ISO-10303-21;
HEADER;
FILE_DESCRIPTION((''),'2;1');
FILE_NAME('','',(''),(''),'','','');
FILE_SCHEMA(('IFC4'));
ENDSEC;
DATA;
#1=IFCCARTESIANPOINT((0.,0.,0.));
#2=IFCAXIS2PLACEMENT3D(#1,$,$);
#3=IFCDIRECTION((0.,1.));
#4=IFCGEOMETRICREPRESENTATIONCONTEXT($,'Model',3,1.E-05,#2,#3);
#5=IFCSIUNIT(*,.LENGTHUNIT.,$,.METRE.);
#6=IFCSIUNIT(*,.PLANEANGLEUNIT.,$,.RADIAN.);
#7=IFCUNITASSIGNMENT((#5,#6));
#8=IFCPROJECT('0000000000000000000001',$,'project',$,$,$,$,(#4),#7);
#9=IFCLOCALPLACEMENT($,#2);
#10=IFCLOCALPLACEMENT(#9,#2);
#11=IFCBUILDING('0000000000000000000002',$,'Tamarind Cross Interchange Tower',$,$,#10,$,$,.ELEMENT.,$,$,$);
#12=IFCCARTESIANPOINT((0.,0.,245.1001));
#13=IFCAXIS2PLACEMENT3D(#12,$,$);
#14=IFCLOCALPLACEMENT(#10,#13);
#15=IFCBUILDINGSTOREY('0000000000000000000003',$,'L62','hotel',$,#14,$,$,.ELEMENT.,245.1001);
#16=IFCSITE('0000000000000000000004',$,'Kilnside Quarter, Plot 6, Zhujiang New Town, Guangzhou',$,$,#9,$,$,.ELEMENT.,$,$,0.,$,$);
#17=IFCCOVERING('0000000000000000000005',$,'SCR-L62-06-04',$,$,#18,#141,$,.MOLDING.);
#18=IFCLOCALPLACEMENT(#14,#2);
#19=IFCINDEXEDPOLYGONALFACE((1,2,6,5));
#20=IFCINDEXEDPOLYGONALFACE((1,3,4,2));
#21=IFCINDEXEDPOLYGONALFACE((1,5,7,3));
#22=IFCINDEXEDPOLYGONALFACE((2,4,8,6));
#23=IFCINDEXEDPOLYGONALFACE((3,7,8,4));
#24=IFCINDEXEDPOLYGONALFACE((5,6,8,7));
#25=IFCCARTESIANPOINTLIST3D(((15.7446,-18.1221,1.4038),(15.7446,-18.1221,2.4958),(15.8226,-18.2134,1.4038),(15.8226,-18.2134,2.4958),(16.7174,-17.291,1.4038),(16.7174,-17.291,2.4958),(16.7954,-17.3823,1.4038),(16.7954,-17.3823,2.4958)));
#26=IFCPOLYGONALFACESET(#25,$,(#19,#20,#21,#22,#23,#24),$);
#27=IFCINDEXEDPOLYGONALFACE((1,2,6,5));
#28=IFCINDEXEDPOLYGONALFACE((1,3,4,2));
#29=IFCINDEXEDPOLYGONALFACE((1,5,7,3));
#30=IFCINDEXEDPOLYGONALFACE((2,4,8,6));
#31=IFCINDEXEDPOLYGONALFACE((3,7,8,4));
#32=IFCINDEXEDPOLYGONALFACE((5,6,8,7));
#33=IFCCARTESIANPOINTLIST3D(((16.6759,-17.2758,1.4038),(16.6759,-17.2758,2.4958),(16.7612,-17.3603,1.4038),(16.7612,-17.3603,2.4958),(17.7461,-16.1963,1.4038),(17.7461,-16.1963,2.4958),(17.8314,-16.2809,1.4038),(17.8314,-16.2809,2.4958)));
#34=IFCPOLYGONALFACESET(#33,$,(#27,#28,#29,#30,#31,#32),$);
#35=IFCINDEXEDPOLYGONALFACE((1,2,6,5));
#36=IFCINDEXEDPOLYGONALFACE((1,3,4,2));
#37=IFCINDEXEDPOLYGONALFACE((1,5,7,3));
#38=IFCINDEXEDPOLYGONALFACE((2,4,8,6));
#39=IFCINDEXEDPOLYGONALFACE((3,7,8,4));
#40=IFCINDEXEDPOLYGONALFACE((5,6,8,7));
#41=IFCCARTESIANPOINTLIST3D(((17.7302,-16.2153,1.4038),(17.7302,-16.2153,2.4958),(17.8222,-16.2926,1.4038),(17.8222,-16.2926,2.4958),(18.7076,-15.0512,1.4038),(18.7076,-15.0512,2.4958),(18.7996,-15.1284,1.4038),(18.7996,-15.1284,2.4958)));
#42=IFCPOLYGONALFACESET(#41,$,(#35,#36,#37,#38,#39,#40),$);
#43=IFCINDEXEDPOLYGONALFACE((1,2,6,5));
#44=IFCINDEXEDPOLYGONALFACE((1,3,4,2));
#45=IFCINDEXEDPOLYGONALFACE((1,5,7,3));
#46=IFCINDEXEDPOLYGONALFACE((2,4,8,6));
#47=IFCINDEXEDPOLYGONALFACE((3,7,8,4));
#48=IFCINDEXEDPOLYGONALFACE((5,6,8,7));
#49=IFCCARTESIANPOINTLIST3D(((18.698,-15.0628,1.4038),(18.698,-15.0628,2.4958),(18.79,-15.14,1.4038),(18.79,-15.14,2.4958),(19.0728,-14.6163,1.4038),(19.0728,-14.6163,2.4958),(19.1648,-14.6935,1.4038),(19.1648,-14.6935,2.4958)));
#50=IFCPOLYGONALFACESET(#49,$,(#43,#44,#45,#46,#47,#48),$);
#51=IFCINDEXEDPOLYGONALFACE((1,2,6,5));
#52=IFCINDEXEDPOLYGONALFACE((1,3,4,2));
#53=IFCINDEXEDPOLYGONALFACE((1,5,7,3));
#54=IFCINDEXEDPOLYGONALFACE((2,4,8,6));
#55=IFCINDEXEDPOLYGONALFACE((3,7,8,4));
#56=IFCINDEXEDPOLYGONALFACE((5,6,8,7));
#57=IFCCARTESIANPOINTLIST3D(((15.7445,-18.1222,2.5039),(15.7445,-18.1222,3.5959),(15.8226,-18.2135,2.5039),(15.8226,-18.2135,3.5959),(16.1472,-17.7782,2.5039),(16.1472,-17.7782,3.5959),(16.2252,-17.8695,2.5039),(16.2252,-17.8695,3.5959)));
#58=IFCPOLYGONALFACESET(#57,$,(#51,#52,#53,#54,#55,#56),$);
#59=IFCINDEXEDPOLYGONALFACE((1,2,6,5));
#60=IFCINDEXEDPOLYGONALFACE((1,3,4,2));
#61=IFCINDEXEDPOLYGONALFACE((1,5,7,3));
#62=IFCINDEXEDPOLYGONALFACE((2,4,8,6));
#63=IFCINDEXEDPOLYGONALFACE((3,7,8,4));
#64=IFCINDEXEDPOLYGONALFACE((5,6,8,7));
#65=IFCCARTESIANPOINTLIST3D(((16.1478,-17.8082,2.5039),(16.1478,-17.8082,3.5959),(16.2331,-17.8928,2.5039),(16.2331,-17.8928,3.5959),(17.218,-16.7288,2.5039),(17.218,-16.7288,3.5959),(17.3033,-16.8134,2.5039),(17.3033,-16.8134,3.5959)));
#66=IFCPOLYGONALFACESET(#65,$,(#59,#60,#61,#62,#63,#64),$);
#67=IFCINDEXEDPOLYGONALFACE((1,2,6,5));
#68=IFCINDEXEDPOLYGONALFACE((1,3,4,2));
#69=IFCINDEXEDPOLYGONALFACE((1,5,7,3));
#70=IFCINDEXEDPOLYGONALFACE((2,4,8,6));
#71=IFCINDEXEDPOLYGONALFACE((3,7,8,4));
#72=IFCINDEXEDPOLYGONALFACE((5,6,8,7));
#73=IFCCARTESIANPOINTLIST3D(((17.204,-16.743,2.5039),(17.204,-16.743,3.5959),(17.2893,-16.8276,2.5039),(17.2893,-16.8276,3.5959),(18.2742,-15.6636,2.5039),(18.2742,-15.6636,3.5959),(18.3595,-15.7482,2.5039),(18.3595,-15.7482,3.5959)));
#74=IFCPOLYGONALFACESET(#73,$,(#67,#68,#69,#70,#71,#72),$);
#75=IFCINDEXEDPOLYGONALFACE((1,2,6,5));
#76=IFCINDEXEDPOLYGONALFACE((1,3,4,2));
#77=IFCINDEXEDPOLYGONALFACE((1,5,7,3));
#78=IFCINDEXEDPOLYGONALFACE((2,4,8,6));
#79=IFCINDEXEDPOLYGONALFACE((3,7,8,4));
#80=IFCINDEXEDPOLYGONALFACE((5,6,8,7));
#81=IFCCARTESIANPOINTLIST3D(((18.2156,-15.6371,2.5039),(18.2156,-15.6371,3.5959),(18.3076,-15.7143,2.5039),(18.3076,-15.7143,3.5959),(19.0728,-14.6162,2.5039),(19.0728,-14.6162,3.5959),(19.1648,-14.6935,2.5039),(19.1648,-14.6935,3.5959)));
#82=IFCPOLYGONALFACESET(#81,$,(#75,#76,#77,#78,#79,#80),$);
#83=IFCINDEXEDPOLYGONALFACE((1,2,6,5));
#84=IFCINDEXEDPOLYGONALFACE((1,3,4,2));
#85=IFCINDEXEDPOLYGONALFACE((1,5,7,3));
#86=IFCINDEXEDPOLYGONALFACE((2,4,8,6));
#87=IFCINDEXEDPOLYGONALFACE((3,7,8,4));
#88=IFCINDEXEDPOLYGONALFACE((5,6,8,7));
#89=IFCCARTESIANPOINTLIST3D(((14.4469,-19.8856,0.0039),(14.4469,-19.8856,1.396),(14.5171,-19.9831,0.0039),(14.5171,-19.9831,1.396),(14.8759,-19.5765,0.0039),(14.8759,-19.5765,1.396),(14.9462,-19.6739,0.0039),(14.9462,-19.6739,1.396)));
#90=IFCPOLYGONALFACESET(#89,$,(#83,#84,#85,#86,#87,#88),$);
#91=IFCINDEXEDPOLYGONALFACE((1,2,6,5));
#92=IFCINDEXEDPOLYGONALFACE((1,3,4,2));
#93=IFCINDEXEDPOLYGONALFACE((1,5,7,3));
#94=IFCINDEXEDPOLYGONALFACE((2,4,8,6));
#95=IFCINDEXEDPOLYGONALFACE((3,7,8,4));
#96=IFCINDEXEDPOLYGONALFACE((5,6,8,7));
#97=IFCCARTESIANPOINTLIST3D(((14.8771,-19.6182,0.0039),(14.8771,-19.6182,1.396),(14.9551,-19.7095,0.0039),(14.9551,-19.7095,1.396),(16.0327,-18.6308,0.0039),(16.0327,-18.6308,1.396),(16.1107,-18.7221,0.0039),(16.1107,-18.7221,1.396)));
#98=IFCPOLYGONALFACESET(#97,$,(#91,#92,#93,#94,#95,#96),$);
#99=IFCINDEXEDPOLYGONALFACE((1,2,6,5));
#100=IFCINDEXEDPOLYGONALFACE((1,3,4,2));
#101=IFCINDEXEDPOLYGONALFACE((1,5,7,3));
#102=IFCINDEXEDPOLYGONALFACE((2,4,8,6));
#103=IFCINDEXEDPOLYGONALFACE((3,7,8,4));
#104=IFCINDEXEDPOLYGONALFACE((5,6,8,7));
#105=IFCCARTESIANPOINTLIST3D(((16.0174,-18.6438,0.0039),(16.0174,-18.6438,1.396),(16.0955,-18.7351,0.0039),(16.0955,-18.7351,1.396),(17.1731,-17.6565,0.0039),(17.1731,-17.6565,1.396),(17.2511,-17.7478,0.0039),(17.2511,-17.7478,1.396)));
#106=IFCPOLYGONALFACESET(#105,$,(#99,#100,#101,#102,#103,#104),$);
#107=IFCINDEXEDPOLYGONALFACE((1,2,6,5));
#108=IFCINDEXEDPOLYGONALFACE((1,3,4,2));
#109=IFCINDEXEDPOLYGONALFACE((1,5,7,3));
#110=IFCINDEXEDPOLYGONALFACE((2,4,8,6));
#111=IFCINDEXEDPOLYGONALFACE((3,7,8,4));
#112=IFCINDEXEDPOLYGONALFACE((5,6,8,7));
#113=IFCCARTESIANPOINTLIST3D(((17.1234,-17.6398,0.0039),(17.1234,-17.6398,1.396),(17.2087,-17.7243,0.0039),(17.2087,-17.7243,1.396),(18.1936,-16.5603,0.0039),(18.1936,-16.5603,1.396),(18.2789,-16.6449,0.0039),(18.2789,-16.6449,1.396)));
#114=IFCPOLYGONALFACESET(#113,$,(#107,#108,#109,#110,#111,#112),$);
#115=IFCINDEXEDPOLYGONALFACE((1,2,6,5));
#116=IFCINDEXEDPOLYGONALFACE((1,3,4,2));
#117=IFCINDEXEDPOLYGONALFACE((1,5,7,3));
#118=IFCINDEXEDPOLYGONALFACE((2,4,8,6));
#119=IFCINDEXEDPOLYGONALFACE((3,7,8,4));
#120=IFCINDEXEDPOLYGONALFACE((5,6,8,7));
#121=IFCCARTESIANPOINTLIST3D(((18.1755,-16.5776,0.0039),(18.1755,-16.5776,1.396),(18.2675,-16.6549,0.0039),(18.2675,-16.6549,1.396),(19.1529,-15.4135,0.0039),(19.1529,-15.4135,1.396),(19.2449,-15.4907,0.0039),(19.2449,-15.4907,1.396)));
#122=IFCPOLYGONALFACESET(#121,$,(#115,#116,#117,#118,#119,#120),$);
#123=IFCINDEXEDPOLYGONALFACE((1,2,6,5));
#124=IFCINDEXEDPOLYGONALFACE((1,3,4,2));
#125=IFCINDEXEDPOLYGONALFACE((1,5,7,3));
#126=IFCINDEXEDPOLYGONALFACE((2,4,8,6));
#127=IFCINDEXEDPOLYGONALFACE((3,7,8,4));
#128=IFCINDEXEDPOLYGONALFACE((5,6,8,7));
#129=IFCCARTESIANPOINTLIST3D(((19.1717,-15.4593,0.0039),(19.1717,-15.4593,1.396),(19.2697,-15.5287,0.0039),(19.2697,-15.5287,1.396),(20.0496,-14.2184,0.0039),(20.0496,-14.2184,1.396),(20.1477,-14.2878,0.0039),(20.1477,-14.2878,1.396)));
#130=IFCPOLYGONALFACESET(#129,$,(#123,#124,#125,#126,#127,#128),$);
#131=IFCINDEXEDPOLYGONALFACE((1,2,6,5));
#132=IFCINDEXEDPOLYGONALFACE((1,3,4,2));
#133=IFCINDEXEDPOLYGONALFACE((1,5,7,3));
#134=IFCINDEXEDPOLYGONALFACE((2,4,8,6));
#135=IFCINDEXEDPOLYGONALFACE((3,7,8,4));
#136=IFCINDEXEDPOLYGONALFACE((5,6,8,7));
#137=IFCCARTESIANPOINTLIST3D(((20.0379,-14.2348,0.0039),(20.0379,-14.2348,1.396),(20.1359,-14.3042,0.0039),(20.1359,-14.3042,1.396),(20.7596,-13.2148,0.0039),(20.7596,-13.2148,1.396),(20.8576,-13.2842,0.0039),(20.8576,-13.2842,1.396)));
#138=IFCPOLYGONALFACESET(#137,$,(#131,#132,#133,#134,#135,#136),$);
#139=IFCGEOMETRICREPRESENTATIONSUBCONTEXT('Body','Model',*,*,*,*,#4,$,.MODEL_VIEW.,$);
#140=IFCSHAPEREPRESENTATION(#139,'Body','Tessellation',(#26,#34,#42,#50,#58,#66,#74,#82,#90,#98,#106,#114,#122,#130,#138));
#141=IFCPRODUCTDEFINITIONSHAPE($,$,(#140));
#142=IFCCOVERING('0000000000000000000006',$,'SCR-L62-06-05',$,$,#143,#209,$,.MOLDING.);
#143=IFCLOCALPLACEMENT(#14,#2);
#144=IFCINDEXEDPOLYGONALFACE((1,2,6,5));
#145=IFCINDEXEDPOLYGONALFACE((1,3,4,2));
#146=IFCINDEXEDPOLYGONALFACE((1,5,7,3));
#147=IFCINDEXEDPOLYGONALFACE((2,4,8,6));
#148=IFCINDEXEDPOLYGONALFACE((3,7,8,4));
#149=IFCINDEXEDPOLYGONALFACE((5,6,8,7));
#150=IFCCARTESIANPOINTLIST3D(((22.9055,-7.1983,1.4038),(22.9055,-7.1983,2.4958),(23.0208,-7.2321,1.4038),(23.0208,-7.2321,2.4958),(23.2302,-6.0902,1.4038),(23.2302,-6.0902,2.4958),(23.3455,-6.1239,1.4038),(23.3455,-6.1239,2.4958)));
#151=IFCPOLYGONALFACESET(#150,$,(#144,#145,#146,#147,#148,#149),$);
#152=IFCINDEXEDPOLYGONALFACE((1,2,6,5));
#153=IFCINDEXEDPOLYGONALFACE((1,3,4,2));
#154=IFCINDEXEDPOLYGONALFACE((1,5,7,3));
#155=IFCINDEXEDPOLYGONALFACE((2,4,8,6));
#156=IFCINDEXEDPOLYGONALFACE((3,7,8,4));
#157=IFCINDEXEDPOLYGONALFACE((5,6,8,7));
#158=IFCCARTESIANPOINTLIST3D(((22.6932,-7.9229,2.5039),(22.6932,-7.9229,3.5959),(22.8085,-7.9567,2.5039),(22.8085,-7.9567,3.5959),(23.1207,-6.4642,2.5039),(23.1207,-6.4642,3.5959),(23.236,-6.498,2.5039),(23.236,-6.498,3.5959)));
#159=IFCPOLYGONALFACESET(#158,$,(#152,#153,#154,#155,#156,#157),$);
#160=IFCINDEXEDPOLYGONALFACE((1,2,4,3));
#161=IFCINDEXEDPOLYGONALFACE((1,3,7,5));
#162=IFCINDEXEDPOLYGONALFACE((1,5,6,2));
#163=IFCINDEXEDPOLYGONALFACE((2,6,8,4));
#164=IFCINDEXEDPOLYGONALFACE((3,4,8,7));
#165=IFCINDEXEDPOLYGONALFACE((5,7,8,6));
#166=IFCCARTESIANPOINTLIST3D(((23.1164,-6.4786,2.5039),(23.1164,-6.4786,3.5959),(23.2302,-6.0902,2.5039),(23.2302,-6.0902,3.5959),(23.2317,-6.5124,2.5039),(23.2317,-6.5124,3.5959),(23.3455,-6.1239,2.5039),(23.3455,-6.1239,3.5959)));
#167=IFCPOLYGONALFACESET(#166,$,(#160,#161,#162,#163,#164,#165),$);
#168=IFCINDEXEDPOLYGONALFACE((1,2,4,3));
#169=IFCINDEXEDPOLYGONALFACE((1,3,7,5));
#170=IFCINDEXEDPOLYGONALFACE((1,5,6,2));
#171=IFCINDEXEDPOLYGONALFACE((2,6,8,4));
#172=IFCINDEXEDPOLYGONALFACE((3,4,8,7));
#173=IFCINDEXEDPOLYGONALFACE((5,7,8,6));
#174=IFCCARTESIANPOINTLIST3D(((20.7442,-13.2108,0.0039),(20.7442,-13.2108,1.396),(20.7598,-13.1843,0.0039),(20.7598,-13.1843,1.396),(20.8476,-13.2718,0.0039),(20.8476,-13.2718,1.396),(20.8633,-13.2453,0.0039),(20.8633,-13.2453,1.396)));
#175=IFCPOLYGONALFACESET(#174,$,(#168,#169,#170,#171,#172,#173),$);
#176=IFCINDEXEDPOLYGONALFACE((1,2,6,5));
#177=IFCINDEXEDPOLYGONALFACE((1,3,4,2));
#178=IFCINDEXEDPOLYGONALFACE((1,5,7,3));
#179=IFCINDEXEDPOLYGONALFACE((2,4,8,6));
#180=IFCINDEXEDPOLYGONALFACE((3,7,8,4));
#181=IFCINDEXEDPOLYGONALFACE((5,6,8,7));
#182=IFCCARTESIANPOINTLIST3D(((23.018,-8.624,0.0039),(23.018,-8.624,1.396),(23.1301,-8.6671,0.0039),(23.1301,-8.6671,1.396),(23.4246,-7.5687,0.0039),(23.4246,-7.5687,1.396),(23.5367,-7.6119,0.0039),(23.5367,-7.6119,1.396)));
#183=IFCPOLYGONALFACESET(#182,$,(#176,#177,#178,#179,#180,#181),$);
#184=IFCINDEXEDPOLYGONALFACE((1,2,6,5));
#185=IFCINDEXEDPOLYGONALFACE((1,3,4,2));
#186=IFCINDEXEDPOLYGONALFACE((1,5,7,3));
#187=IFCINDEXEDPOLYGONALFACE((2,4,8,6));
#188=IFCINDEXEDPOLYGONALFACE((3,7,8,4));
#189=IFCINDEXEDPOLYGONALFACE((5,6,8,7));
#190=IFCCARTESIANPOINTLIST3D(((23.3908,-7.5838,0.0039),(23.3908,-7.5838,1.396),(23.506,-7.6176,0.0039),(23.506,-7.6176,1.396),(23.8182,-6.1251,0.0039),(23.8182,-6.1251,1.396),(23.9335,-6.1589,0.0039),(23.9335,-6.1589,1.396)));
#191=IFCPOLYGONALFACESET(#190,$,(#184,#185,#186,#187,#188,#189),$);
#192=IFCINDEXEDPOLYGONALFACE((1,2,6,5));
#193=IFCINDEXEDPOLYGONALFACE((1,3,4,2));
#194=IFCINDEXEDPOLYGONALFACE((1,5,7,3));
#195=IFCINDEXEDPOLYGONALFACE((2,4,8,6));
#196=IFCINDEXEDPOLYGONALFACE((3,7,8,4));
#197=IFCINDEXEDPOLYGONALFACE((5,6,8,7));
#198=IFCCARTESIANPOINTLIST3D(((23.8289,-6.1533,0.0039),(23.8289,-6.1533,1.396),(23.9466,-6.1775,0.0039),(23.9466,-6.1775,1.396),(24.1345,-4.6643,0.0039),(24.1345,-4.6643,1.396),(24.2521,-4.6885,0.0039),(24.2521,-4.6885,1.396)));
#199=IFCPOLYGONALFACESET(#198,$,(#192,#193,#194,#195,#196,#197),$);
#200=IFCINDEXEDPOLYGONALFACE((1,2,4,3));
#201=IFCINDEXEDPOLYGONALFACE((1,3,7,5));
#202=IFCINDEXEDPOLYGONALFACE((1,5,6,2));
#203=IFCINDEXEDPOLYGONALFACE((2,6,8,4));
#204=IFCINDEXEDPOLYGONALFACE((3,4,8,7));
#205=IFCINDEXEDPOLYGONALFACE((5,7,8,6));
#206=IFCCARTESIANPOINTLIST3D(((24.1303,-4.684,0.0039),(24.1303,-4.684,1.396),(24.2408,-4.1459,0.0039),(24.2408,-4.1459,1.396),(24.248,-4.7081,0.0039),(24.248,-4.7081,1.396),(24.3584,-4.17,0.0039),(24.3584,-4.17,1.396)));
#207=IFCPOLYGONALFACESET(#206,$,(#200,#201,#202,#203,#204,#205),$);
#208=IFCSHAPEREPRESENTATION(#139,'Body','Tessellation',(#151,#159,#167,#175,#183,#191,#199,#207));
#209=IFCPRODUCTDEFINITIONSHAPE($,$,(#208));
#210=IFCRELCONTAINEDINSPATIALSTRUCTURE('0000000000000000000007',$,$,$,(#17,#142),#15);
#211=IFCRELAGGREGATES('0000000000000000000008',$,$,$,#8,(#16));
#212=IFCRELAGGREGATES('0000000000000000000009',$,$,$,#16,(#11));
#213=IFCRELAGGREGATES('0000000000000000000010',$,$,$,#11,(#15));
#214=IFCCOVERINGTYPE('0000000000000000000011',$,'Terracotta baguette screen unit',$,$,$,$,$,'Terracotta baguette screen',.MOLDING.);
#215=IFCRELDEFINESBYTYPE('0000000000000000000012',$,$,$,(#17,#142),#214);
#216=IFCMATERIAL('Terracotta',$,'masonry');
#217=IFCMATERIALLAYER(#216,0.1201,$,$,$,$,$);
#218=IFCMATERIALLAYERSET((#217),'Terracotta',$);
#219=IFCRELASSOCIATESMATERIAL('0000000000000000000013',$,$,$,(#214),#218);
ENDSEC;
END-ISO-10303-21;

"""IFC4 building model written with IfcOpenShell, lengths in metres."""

from ifc_helpers import new_model, si_unit, direction, frame, origin, origin_2d, place, context, subcontext, project, spatial, rectangle, extrude, material, layer, layer_set, type_object, element, save


model = new_model("IFC4")

# Units and contexts
model_context = context("Model", 3, precision=1e-05, world=origin(), true_north=direction((0.0, 1.0)))
body_context = subcontext(model_context, "Body", "Model", "MODEL_VIEW")
ifc_project = project(units=[si_unit("LENGTHUNIT", "METRE"), si_unit("PLANEANGLEUNIT", "RADIAN")], contexts=[model_context])

# Site, building, storey
site_placement = place(None, origin())
site = spatial("IfcSite", under=ifc_project, at=site_placement, Name="Kilnside Quarter, Plot 6, Zhujiang New Town, Guangzhou", CompositionType="ELEMENT", RefElevation=0.0)
building_placement = place(site_placement, origin())
building = spatial("IfcBuilding", under=site, at=building_placement, Name="Tamarind Cross Interchange Tower", CompositionType="ELEMENT")
storey_placement = place(building_placement, frame((0.0, 0.0, 245.1001)))
storey = spatial("IfcBuildingStorey", under=building, at=storey_placement, Name="L62", Description="hotel", CompositionType="ELEMENT", Elevation=245.1001)

# Coverings
ifc_material_1 = material(Name="Terracotta", Category="masonry")
ifc_layer_1 = layer(ifc_material_1, 0.1201)
ifc_layer_set_1 = layer_set([ifc_layer_1], Name="Terracotta")
covering_type = type_object("IfcCoveringType", Name="Terracotta baguette screen unit", ElementType="Terracotta baguette screen", PredefinedType="MOLDING", material=ifc_layer_set_1)
covering_1_placement = place(storey_placement, origin())
element("IfcCovering", 1, at=covering_1_placement, inside=storey, type_object=covering_type, Name="SCR-L62-06-04", PredefinedType="MOLDING", context=body_context, shape_type="SweptSolid", body=[
    extrude(rectangle(XDim=1.2795, YDim=0.1201, at=origin_2d()), frame((16.27, -17.7522, 1.4038), z_axis=(0.0, 0.0, 1.0), x_axis=(0.760296, 0.649577, 0.0)), (0.0, 0.0, 1.0), 1.092),
    extrude(rectangle(XDim=1.52, YDim=0.1201, at=origin_2d()), frame((17.2537, -16.7783, 1.4038), z_axis=(0.0, 0.0, 1.0), x_axis=(0.704057, 0.710143, 0.0)), (0.0, 0.0, 1.0), 1.092),
    extrude(rectangle(XDim=1.52, YDim=0.1201, at=origin_2d()), frame((18.2649, -15.6719, 1.4038), z_axis=(0.0, 0.0, 1.0), x_axis=(0.643009, 0.765858, 0.0)), (0.0, 0.0, 1.0), 1.092),
    extrude(rectangle(XDim=0.583, YDim=0.1201, at=origin_2d()), frame((18.9314, -14.8782, 1.4038), z_axis=(0.0, 0.0, 1.0), x_axis=(0.643009, 0.765858, 0.0)), (0.0, 0.0, 1.0), 1.092),
    extrude(rectangle(XDim=0.5295, YDim=0.1201, at=origin_2d()), frame((15.9849, -17.9958, 2.5039), z_axis=(0.0, 0.0, 1.0), x_axis=(0.760296, 0.649577, 0.0)), (0.0, 0.0, 1.0), 1.092),
    extrude(rectangle(XDim=1.52, YDim=0.1201, at=origin_2d()), frame((16.7256, -17.3108, 2.5039), z_axis=(0.0, 0.0, 1.0), x_axis=(0.704057, 0.710143, 0.0)), (0.0, 0.0, 1.0), 1.092),
    extrude(rectangle(XDim=1.52, YDim=0.1201, at=origin_2d()), frame((17.7817, -16.2456, 2.5039), z_axis=(0.0, 0.0, 1.0), x_axis=(0.704057, 0.710143, 0.0)), (0.0, 0.0, 1.0), 1.092),
    extrude(rectangle(XDim=1.333, YDim=0.1201, at=origin_2d()), frame((18.6902, -15.1653, 2.5039), z_axis=(0.0, 0.0, 1.0), x_axis=(0.643009, 0.765858, 0.0)), (0.0, 0.0, 1.0), 1.092),
    extrude(rectangle(XDim=0.5288, YDim=0.1201, at=origin_2d()), frame((14.6965, -19.7798, 0.0039), z_axis=(0.0, 0.0, 1.0), x_axis=(0.81134, 0.584574, 0.0)), (0.0, 0.0, 1.0), 1.3921),
    extrude(rectangle(XDim=1.52, YDim=0.1201, at=origin_2d()), frame((15.4939, -19.1702, 0.0039), z_axis=(0.0, 0.0, 1.0), x_axis=(0.760296, 0.649577, 0.0)), (0.0, 0.0, 1.0), 1.3921),
    extrude(rectangle(XDim=1.52, YDim=0.1201, at=origin_2d()), frame((16.6343, -18.1958, 0.0039), z_axis=(0.0, 0.0, 1.0), x_axis=(0.760296, 0.649577, 0.0)), (0.0, 0.0, 1.0), 1.3921),
    extrude(rectangle(XDim=1.52, YDim=0.1201, at=origin_2d()), frame((17.7012, -17.1423, 0.0039), z_axis=(0.0, 0.0, 1.0), x_axis=(0.704057, 0.710143, 0.0)), (0.0, 0.0, 1.0), 1.3921),
    extrude(rectangle(XDim=1.52, YDim=0.1201, at=origin_2d()), frame((18.7102, -16.0342, 0.0039), z_axis=(0.0, 0.0, 1.0), x_axis=(0.643009, 0.765858, 0.0)), (0.0, 0.0, 1.0), 1.3921),
    extrude(rectangle(XDim=1.52, YDim=0.1201, at=origin_2d()), frame((19.6597, -14.8735, 0.0039), z_axis=(0.0, 0.0, 1.0), x_axis=(0.577569, 0.816342, 0.0)), (0.0, 0.0, 1.0), 1.3921),
    extrude(rectangle(XDim=1.2495, YDim=0.1201, at=origin_2d()), frame((20.4478, -13.7595, 0.0039), z_axis=(0.0, 0.0, 1.0), x_axis=(0.577569, 0.816342, 0.0)), (0.0, 0.0, 1.0), 1.3921),
])
covering_2_placement = place(storey_placement, origin())
element("IfcCovering", 2, at=covering_2_placement, inside=storey, type_object=covering_type, Name="SCR-L62-06-05", PredefinedType="MOLDING", context=body_context, shape_type="SweptSolid", body=[
    extrude(rectangle(XDim=1.1548, YDim=0.1201, at=origin_2d()), frame((23.1255, -6.6611, 1.4038), z_axis=(0.0, 0.0, 1.0), x_axis=(0.281209, 0.959647, 0.0)), (0.0, 0.0, 1.0), 1.092),
    extrude(rectangle(XDim=1.52, YDim=0.1201, at=origin_2d()), frame((22.9646, -7.2104, 2.5039), z_axis=(0.0, 0.0, 1.0), x_axis=(0.281209, 0.959647, 0.0)), (0.0, 0.0, 1.0), 1.092),
    extrude(rectangle(XDim=0.4048, YDim=0.1201, at=origin_2d()), frame((23.231, -6.3013, 2.5039), z_axis=(0.0, 0.0, 1.0), x_axis=(0.281209, 0.959647, 0.0)), (0.0, 0.0, 1.0), 1.092),
    extrude(rectangle(XDim=0.0308, YDim=0.1201, at=origin_2d()), frame((20.8037, -13.228, 0.0039), z_axis=(0.0, 0.0, 1.0), x_axis=(0.508183, 0.861249, 0.0)), (0.0, 0.0, 1.0), 1.3921),
    extrude(rectangle(XDim=1.1309, YDim=0.1201, at=origin_2d()), frame((23.2773, -8.1179, 0.0039), z_axis=(0.0, 0.0, 1.0), x_axis=(0.359495, 0.933147, 0.0)), (0.0, 0.0, 1.0), 1.3921),
    extrude(rectangle(XDim=1.52, YDim=0.1201, at=origin_2d()), frame((23.6621, -6.8713, 0.0039), z_axis=(0.0, 0.0, 1.0), x_axis=(0.281209, 0.959647, 0.0)), (0.0, 0.0, 1.0), 1.3921),
    extrude(rectangle(XDim=1.52, YDim=0.1201, at=origin_2d()), frame((24.0405, -5.4209, 0.0039), z_axis=(0.0, 0.0, 1.0), x_axis=(0.201001, 0.979591, 0.0)), (0.0, 0.0, 1.0), 1.3921),
    extrude(rectangle(XDim=0.5493, YDim=0.1201, at=origin_2d()), frame((24.2444, -4.427, 0.0039), z_axis=(0.0, 0.0, 1.0), x_axis=(0.201001, 0.979591, 0.0)), (0.0, 0.0, 1.0), 1.3921),
])

save(model, "model.ifc")
